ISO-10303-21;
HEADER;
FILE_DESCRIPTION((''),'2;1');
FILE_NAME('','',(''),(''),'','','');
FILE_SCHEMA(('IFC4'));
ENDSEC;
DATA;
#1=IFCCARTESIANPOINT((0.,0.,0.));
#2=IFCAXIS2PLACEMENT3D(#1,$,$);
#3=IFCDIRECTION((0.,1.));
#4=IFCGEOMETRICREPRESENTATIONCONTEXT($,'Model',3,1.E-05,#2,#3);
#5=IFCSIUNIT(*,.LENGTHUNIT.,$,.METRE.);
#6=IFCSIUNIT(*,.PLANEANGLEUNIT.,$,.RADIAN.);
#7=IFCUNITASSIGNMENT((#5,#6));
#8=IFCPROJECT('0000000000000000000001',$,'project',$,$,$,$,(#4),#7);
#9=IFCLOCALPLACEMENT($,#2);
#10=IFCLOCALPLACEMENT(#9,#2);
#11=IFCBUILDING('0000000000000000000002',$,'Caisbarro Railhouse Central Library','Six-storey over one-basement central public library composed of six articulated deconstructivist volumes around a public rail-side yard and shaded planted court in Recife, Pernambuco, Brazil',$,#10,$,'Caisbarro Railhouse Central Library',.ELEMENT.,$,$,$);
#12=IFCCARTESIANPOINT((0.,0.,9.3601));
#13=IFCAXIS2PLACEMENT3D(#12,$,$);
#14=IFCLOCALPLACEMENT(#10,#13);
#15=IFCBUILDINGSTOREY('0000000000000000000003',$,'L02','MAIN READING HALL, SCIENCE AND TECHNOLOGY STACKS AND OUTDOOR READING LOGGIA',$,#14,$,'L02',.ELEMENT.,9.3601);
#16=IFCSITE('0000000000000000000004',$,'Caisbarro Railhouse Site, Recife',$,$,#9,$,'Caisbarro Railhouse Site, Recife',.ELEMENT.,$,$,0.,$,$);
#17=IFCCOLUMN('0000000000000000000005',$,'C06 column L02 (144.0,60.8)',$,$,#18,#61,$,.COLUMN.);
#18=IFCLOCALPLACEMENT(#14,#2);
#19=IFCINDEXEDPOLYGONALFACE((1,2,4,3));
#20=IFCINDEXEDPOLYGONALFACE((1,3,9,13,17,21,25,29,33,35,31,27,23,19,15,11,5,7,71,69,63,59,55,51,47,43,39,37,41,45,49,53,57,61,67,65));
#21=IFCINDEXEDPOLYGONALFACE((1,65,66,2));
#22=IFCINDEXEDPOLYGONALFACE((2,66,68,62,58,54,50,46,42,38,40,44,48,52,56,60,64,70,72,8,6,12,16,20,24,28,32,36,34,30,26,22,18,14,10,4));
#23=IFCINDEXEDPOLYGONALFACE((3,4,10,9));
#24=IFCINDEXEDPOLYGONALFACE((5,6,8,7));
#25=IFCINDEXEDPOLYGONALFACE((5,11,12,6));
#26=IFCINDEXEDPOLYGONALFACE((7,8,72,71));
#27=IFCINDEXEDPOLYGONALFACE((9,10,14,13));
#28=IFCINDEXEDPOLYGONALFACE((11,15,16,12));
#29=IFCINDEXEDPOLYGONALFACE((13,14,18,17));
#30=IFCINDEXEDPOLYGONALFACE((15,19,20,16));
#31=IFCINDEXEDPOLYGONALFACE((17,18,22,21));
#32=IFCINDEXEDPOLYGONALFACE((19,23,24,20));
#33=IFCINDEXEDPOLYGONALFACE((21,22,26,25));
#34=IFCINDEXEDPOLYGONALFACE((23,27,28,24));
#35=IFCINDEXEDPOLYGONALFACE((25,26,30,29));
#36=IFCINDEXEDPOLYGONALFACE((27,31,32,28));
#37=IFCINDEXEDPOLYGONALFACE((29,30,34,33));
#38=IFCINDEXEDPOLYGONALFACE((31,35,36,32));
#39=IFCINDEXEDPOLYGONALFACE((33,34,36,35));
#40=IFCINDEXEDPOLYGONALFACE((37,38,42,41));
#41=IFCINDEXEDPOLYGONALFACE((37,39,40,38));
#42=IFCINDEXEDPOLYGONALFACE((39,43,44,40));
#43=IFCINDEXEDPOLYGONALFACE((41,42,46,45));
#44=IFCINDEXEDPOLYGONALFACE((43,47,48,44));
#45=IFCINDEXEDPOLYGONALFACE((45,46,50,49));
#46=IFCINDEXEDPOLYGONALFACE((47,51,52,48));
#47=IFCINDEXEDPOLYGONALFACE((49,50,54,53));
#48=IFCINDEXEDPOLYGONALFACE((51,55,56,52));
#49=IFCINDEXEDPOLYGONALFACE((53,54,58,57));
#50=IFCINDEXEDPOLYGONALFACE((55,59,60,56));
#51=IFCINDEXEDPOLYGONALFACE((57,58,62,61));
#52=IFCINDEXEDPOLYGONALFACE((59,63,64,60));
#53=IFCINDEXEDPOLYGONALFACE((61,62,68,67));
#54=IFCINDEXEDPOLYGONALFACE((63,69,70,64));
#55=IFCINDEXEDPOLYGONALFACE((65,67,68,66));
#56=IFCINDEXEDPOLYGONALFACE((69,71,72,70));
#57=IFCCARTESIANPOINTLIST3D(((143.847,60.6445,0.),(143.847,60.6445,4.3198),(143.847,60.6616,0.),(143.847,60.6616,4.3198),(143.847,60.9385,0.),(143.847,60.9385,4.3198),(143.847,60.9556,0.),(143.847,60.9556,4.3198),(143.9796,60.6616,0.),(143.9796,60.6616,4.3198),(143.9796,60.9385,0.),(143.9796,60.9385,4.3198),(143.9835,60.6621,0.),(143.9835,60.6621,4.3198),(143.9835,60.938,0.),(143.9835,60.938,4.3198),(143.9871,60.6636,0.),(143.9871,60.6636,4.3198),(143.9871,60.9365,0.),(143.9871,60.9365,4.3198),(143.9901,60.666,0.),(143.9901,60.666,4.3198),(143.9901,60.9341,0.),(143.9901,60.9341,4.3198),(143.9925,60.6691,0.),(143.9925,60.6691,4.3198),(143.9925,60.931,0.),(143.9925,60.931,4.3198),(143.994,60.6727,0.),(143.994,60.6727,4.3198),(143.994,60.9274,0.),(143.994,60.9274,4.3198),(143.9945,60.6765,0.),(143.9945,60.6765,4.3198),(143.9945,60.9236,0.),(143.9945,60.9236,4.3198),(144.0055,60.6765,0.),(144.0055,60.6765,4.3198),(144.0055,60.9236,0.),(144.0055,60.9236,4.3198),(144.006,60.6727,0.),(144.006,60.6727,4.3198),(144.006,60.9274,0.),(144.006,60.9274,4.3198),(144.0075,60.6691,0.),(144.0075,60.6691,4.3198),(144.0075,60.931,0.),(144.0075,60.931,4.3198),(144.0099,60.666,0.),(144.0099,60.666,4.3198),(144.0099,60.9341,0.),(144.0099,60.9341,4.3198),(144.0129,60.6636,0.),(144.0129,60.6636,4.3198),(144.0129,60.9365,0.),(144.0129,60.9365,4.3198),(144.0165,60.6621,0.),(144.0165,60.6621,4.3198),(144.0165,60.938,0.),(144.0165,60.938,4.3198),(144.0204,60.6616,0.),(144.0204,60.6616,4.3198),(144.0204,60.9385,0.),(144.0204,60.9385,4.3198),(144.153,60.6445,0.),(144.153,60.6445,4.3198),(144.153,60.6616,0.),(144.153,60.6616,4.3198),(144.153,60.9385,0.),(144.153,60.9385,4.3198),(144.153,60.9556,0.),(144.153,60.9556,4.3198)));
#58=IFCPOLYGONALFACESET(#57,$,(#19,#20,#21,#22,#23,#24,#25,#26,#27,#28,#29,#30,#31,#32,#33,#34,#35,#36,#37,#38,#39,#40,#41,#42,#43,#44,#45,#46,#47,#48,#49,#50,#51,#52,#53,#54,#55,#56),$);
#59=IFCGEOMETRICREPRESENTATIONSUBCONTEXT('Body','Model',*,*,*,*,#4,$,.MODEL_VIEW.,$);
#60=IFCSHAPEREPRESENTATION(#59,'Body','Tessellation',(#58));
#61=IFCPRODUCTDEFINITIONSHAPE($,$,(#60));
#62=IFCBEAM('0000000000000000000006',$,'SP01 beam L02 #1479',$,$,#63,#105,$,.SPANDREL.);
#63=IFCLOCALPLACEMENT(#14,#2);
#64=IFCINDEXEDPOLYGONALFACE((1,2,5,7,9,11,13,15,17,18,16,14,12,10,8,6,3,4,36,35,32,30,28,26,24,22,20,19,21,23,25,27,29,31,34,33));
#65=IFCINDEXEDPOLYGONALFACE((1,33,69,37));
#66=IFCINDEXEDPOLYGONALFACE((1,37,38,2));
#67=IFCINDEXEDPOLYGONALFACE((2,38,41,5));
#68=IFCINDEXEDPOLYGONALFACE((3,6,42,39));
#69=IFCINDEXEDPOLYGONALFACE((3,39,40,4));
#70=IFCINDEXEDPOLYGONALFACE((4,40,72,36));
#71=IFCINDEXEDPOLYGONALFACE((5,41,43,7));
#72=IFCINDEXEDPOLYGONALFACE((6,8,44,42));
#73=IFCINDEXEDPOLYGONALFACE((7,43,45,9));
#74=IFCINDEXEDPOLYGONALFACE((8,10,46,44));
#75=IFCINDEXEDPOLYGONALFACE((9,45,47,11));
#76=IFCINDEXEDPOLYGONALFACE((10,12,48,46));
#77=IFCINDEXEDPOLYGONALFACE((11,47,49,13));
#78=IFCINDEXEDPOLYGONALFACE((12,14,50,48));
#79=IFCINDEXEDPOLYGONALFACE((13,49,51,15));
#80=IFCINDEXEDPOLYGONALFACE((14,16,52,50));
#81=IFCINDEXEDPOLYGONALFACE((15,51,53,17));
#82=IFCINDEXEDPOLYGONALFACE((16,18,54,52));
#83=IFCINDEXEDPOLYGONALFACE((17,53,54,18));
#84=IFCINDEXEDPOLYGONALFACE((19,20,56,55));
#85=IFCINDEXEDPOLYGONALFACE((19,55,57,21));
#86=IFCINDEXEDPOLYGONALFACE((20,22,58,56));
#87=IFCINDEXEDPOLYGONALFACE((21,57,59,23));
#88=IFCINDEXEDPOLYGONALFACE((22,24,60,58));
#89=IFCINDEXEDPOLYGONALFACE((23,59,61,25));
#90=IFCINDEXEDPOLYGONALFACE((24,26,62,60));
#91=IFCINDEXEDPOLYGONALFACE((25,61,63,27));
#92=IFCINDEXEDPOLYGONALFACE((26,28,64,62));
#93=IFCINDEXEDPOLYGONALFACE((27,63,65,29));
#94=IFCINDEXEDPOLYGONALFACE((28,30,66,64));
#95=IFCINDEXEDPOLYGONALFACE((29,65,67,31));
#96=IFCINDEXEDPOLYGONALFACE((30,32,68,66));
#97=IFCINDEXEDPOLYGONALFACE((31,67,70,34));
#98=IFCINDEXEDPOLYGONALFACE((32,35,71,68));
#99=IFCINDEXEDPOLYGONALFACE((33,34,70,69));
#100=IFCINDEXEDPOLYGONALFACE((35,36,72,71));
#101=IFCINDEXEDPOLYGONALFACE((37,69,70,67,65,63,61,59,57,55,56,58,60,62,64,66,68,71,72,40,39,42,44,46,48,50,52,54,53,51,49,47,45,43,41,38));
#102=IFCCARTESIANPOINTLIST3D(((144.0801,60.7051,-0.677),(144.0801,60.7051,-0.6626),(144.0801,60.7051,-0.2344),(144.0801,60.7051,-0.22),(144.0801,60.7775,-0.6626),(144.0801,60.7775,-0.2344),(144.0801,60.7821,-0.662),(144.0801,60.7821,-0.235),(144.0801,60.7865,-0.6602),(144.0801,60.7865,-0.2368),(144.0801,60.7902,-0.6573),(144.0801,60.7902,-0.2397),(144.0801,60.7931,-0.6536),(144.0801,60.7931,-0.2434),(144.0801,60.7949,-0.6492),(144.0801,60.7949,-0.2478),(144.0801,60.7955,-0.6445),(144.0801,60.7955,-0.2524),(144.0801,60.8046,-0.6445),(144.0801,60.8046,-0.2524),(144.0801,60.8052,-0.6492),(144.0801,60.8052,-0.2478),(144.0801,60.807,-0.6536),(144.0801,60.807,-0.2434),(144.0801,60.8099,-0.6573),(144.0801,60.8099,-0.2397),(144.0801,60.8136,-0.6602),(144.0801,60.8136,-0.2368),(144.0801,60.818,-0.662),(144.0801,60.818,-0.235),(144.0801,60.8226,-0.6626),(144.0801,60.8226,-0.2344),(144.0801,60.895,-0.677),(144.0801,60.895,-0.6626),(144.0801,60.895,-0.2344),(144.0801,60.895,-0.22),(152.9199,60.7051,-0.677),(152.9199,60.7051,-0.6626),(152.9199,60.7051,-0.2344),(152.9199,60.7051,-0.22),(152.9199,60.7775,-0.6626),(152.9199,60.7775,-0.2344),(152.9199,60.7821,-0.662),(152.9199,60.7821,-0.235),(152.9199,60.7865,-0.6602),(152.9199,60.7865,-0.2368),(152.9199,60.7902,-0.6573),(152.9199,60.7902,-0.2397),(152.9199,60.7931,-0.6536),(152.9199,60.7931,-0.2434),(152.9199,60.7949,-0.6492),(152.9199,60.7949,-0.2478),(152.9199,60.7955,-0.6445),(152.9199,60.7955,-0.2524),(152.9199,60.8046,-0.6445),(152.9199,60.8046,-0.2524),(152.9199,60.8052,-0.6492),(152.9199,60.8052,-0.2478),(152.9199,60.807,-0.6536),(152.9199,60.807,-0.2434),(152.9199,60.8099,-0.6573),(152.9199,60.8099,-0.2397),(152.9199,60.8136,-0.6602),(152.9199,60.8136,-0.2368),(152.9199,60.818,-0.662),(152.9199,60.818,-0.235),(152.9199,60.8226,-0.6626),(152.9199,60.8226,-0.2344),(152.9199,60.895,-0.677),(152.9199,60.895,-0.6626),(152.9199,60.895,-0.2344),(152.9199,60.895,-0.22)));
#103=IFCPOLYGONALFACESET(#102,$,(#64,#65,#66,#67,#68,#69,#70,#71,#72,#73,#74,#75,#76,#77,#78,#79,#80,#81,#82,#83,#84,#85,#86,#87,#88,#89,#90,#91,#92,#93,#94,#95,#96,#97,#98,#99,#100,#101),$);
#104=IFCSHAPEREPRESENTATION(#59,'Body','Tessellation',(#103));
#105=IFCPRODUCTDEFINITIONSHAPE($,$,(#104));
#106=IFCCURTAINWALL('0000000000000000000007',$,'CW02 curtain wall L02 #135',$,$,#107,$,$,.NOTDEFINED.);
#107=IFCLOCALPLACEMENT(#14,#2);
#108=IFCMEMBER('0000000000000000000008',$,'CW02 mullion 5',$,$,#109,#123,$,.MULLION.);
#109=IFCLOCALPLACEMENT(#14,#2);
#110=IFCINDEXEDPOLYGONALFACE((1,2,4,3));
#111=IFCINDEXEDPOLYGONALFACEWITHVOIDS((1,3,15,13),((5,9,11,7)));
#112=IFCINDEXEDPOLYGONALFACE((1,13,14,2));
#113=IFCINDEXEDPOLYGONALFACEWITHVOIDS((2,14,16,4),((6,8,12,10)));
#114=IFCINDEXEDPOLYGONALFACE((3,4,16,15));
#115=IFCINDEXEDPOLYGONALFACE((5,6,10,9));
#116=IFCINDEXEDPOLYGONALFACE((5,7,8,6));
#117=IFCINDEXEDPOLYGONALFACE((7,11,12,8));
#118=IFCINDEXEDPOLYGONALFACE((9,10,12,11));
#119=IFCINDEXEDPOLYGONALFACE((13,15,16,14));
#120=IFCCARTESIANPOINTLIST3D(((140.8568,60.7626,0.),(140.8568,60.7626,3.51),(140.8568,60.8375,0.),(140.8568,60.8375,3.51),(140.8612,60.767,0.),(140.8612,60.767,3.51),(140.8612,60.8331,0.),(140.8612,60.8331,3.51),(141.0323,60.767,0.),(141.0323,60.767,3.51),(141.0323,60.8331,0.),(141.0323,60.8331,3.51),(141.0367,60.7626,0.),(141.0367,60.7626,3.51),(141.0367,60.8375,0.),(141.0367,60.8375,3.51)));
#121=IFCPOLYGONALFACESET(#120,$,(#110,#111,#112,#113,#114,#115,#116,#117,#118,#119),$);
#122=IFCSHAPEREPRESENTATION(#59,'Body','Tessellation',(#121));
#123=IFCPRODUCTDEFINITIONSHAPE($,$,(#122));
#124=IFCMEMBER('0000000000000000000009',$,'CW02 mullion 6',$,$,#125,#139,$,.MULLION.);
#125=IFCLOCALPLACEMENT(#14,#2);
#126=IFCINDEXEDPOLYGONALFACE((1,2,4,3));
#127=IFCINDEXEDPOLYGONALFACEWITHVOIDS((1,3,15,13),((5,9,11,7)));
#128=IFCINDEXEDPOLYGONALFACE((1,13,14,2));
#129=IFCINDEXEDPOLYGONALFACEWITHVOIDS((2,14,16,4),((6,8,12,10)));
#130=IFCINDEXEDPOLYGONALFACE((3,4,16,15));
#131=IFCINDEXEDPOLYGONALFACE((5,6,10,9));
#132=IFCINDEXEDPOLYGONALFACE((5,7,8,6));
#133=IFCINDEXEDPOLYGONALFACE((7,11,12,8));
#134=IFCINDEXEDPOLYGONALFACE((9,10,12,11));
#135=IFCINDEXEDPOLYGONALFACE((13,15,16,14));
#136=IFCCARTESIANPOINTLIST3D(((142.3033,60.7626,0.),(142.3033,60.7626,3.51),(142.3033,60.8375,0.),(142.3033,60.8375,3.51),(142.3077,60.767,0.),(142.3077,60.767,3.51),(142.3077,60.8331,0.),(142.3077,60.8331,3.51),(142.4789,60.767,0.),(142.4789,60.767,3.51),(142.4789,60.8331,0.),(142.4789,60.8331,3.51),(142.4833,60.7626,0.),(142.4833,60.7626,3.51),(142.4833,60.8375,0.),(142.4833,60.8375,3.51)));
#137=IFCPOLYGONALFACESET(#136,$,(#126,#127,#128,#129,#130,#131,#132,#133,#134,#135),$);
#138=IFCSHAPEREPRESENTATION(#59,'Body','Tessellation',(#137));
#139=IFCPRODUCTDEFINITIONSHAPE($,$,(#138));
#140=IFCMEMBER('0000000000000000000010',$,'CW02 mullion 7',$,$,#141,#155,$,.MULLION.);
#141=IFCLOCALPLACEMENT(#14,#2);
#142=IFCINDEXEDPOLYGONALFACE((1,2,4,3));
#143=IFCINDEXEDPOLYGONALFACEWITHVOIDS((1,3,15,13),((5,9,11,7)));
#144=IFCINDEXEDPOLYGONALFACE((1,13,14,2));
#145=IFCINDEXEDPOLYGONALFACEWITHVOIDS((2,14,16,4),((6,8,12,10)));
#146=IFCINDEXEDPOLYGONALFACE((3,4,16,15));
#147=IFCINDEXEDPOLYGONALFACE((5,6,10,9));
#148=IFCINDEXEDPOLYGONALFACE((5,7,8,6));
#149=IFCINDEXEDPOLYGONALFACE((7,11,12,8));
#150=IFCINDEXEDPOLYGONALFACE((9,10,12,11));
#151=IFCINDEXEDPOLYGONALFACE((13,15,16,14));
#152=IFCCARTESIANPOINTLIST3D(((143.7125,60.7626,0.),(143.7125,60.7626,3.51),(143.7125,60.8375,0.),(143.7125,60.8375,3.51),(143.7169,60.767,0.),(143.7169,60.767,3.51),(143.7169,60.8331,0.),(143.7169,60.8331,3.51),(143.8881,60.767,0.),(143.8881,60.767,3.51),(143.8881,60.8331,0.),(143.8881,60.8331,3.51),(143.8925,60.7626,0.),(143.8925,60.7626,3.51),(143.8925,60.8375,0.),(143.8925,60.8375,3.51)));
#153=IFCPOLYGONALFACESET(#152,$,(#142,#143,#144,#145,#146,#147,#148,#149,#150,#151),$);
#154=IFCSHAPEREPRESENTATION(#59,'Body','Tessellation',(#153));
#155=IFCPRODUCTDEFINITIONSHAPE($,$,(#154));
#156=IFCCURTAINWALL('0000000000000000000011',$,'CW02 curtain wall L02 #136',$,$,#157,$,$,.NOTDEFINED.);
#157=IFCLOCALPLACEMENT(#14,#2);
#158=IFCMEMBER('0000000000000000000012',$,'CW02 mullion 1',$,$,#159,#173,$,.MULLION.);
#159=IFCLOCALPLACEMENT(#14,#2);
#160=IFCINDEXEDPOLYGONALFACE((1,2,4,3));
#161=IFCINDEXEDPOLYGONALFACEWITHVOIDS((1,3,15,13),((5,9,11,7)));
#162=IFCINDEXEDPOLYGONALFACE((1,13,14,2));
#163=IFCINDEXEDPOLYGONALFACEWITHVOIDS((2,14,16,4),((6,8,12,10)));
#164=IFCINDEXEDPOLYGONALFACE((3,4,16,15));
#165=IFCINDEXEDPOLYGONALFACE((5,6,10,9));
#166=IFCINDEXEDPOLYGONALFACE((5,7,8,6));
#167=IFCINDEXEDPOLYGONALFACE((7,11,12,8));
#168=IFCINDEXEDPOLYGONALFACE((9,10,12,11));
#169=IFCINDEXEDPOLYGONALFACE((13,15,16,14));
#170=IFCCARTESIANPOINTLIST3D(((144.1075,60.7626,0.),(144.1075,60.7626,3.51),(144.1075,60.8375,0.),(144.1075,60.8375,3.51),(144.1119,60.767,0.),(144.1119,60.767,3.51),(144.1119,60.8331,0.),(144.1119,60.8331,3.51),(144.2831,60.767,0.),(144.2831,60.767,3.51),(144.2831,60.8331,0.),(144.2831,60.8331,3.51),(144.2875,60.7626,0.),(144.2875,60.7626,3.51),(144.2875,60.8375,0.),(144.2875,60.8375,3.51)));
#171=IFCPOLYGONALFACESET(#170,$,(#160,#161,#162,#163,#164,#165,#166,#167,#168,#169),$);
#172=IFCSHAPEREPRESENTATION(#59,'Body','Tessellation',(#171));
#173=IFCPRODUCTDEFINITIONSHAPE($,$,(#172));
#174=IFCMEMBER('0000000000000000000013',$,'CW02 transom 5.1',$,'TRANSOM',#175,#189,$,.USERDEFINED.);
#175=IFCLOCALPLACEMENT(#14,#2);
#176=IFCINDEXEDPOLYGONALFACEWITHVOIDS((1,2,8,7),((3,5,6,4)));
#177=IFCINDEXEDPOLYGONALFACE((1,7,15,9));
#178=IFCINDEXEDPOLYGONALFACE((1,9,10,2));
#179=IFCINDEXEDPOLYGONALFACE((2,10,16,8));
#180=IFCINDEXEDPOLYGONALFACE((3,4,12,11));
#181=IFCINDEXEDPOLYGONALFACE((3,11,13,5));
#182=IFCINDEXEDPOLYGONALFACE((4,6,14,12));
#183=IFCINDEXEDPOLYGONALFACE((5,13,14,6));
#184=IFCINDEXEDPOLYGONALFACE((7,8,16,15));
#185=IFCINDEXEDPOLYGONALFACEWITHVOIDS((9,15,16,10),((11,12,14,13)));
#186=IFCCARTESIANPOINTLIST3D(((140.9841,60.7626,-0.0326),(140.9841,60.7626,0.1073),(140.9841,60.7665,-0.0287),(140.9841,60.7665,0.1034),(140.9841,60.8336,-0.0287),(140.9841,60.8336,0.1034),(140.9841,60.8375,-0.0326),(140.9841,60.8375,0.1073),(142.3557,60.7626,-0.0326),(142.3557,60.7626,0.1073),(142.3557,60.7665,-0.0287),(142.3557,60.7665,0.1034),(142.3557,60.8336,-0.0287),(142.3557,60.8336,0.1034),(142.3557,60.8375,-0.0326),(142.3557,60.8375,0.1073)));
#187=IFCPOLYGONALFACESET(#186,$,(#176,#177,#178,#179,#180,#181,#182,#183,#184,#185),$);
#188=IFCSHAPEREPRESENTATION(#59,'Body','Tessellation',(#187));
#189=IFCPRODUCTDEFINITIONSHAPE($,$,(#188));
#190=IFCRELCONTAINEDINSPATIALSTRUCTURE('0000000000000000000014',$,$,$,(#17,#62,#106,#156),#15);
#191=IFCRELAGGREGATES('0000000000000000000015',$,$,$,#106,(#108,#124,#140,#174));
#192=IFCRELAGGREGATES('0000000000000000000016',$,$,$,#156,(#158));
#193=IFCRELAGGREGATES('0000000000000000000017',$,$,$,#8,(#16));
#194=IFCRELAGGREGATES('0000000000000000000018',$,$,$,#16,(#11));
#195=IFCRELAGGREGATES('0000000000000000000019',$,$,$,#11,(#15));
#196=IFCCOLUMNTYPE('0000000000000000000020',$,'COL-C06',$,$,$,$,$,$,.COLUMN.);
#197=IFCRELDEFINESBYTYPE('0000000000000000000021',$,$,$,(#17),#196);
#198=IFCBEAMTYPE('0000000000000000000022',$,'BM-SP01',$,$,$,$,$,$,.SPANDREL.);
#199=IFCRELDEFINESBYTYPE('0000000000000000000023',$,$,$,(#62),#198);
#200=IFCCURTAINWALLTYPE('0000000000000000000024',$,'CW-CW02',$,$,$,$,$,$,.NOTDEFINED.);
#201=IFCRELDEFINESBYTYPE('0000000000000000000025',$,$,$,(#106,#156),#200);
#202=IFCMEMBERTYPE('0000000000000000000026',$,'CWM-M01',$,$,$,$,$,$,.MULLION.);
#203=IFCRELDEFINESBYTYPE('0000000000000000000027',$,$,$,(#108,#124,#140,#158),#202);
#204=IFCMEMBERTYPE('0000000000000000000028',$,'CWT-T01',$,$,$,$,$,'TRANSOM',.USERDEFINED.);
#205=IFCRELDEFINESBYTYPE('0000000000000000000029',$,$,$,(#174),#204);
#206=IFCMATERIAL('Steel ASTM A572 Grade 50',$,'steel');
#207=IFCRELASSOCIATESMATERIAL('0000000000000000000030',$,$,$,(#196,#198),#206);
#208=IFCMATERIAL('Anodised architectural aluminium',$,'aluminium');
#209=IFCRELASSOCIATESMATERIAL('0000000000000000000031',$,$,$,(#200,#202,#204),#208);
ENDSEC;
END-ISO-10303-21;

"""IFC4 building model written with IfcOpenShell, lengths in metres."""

from ifc_helpers import new_model, si_unit, direction, frame, origin, origin_2d, place, context, subcontext, project, spatial, hollow_rectangle, i_section, extrude, material, material_profile, profile_set, type_object, element, aggregate, save


model = new_model("IFC4")

# Units and contexts
model_context = context("Model", 3, precision=1e-05, world=origin(), true_north=direction((0.0, 1.0)))
body_context = subcontext(model_context, "Body", "Model", "MODEL_VIEW")
ifc_project = project(units=[si_unit("LENGTHUNIT", "METRE"), si_unit("PLANEANGLEUNIT", "RADIAN")], contexts=[model_context])

# Site, building, storey
site_placement = place(None, origin())
site = spatial("IfcSite", under=ifc_project, at=site_placement, Name="Caisbarro Railhouse Site, Recife", LongName="Caisbarro Railhouse Site, Recife", CompositionType="ELEMENT", RefElevation=0.0)
building_placement = place(site_placement, origin())
building = spatial("IfcBuilding", under=site, at=building_placement, Name="Caisbarro Railhouse Central Library", Description="Six-storey over one-basement central public library composed of six articulated deconstructivist volumes around a public rail-side yard and shaded planted court in Recife, Pernambuco, Brazil", LongName="Caisbarro Railhouse Central Library", CompositionType="ELEMENT")
storey_placement = place(building_placement, frame((0.0, 0.0, 9.3601)))
storey = spatial("IfcBuildingStorey", under=building, at=storey_placement, Name="L02", Description="MAIN READING HALL, SCIENCE AND TECHNOLOGY STACKS AND OUTDOOR READING LOGGIA", LongName="L02", CompositionType="ELEMENT", Elevation=9.3601)

# Column
ifc_material_1 = material(Name="Steel ASTM A572 Grade 50", Category="steel")
ifc_material_profile_1 = material_profile(ifc_material_1, i_section(OverallWidth=0.3059, OverallDepth=0.311, WebThickness=0.011, FlangeThickness=0.0171, FilletRadius=0.0149, at=origin_2d()), Name="W310X107.0")
ifc_profile_set_1 = profile_set([ifc_material_profile_1], Name="Steel ASTM A572 Grade 50")
column_type = type_object("IfcColumnType", Name="COL-C06", PredefinedType="COLUMN", material=ifc_profile_set_1)
column_placement = place(storey_placement, frame((144.0, 60.8, 0.0), z_axis=(0.0, 0.0, 1.0), x_axis=(1.0, 0.0, 0.0)))
element("IfcColumn", 1, at=column_placement, inside=storey, type_object=column_type, Name="C06 column L02 (144.0,60.8)", PredefinedType="COLUMN", context=body_context, shape_type="SweptSolid", body=[
    extrude(i_section(OverallWidth=0.3059, OverallDepth=0.311, WebThickness=0.011, FlangeThickness=0.0171, FilletRadius=0.0149, at=origin_2d()), origin(), (0.0, 0.0, 1.0), 4.3198),
])

# Beam
ifc_material_profile_2 = material_profile(ifc_material_1, i_section(OverallWidth=0.1899, OverallDepth=0.457, WebThickness=0.009, FlangeThickness=0.0144, FilletRadius=0.0181, at=origin_2d()), Name="W460X74.0")
ifc_profile_set_2 = profile_set([ifc_material_profile_2], Name="Steel ASTM A572 Grade 50")
beam_type = type_object("IfcBeamType", Name="BM-SP01", PredefinedType="SPANDREL", material=ifc_profile_set_2)
beam_placement = place(storey_placement, frame((144.0801, 60.8, -0.4485), z_axis=(1.0, 0.0, 0.0), x_axis=(0.0, 1.0, 0.0)))
element("IfcBeam", 2, at=beam_placement, inside=storey, type_object=beam_type, Name="SP01 beam L02 #1479", PredefinedType="SPANDREL", context=body_context, shape_type="SweptSolid", body=[
    extrude(i_section(OverallWidth=0.1899, OverallDepth=0.457, WebThickness=0.009, FlangeThickness=0.0144, FilletRadius=0.0181, at=origin_2d()), origin(), (0.0, 0.0, 1.0), 8.8398),
])

# Curtain wall, members
ifc_material_2 = material(Name="Anodised architectural aluminium", Category="aluminium")
curtain_wall_type = type_object("IfcCurtainWallType", Name="CW-CW02", PredefinedType="NOTDEFINED", material=ifc_material_2)
curtain_wall_1_placement = place(storey_placement, origin())
curtain_wall_1 = element("IfcCurtainWall", 3, at=curtain_wall_1_placement, inside=storey, type_object=curtain_wall_type, Name="CW02 curtain wall L02 #135", PredefinedType="NOTDEFINED")
ifc_material_profile_3 = material_profile(ifc_material_2, hollow_rectangle(XDim=0.075, YDim=0.1799, WallThickness=0.0044, at=origin_2d()), Name="ALU-MUL-75X180")
ifc_profile_set_3 = profile_set([ifc_material_profile_3], Name="Anodised architectural aluminium")
member_type_1 = type_object("IfcMemberType", Name="CWM-M01", PredefinedType="MULLION", material=ifc_profile_set_3)
member_1_placement = place(storey_placement, frame((140.9468, 60.8, 0.0), z_axis=(0.0, 0.0, 1.0), x_axis=(0.0, 1.0, 0.0)))
member_1 = element("IfcMember", 4, at=member_1_placement, type_object=member_type_1, Name="CW02 mullion 5", PredefinedType="MULLION", context=body_context, shape_type="SweptSolid", body=[
    extrude(hollow_rectangle(XDim=0.075, YDim=0.1799, WallThickness=0.0044, at=origin_2d()), origin(), (0.0, 0.0, 1.0), 3.51),
])
member_2_placement = place(storey_placement, frame((142.3933, 60.8, 0.0), z_axis=(0.0, 0.0, 1.0), x_axis=(0.0, 1.0, 0.0)))
member_2 = element("IfcMember", 5, at=member_2_placement, type_object=member_type_1, Name="CW02 mullion 6", PredefinedType="MULLION", context=body_context, shape_type="SweptSolid", body=[
    extrude(hollow_rectangle(XDim=0.075, YDim=0.1799, WallThickness=0.0044, at=origin_2d()), origin(), (0.0, 0.0, 1.0), 3.51),
])
member_3_placement = place(storey_placement, frame((143.8025, 60.8, 0.0), z_axis=(0.0, 0.0, 1.0), x_axis=(0.0, 1.0, 0.0)))
member_3 = element("IfcMember", 6, at=member_3_placement, type_object=member_type_1, Name="CW02 mullion 7", PredefinedType="MULLION", context=body_context, shape_type="SweptSolid", body=[
    extrude(hollow_rectangle(XDim=0.075, YDim=0.1799, WallThickness=0.0044, at=origin_2d()), origin(), (0.0, 0.0, 1.0), 3.51),
])

# Curtain wall, member
curtain_wall_2_placement = place(storey_placement, origin())
curtain_wall_2 = element("IfcCurtainWall", 7, at=curtain_wall_2_placement, inside=storey, type_object=curtain_wall_type, Name="CW02 curtain wall L02 #136", PredefinedType="NOTDEFINED")
member_4_placement = place(storey_placement, frame((144.1975, 60.8, 0.0), z_axis=(0.0, 0.0, 1.0), x_axis=(0.0, 1.0, 0.0)))
member_4 = element("IfcMember", 8, at=member_4_placement, type_object=member_type_1, Name="CW02 mullion 1", PredefinedType="MULLION", context=body_context, shape_type="SweptSolid", body=[
    extrude(hollow_rectangle(XDim=0.075, YDim=0.1799, WallThickness=0.0044, at=origin_2d()), origin(), (0.0, 0.0, 1.0), 3.51),
])

# Member
ifc_material_profile_4 = material_profile(ifc_material_2, hollow_rectangle(XDim=0.075, YDim=0.1399, WallThickness=0.0039, at=origin_2d()), Name="ALU-TRN-75X140")
ifc_profile_set_4 = profile_set([ifc_material_profile_4], Name="Anodised architectural aluminium")
member_type_2 = type_object("IfcMemberType", Name="CWT-T01", ElementType="TRANSOM", PredefinedType="USERDEFINED", material=ifc_profile_set_4)
member_5_placement = place(storey_placement, frame((140.9841, 60.8, 0.0374), z_axis=(1.0, 0.0, 0.0), x_axis=(0.0, 1.0, 0.0)))
member_5 = element("IfcMember", 9, at=member_5_placement, type_object=member_type_2, Name="CW02 transom 5.1", ObjectType="TRANSOM", PredefinedType="USERDEFINED", context=body_context, shape_type="SweptSolid", body=[
    extrude(hollow_rectangle(XDim=0.075, YDim=0.1399, WallThickness=0.0039, at=origin_2d()), origin(), (0.0, 0.0, 1.0), 1.3716),
])

aggregate(curtain_wall_1, [member_1, member_2, member_3, member_5])
aggregate(curtain_wall_2, [member_4])

save(model, "model.ifc")
